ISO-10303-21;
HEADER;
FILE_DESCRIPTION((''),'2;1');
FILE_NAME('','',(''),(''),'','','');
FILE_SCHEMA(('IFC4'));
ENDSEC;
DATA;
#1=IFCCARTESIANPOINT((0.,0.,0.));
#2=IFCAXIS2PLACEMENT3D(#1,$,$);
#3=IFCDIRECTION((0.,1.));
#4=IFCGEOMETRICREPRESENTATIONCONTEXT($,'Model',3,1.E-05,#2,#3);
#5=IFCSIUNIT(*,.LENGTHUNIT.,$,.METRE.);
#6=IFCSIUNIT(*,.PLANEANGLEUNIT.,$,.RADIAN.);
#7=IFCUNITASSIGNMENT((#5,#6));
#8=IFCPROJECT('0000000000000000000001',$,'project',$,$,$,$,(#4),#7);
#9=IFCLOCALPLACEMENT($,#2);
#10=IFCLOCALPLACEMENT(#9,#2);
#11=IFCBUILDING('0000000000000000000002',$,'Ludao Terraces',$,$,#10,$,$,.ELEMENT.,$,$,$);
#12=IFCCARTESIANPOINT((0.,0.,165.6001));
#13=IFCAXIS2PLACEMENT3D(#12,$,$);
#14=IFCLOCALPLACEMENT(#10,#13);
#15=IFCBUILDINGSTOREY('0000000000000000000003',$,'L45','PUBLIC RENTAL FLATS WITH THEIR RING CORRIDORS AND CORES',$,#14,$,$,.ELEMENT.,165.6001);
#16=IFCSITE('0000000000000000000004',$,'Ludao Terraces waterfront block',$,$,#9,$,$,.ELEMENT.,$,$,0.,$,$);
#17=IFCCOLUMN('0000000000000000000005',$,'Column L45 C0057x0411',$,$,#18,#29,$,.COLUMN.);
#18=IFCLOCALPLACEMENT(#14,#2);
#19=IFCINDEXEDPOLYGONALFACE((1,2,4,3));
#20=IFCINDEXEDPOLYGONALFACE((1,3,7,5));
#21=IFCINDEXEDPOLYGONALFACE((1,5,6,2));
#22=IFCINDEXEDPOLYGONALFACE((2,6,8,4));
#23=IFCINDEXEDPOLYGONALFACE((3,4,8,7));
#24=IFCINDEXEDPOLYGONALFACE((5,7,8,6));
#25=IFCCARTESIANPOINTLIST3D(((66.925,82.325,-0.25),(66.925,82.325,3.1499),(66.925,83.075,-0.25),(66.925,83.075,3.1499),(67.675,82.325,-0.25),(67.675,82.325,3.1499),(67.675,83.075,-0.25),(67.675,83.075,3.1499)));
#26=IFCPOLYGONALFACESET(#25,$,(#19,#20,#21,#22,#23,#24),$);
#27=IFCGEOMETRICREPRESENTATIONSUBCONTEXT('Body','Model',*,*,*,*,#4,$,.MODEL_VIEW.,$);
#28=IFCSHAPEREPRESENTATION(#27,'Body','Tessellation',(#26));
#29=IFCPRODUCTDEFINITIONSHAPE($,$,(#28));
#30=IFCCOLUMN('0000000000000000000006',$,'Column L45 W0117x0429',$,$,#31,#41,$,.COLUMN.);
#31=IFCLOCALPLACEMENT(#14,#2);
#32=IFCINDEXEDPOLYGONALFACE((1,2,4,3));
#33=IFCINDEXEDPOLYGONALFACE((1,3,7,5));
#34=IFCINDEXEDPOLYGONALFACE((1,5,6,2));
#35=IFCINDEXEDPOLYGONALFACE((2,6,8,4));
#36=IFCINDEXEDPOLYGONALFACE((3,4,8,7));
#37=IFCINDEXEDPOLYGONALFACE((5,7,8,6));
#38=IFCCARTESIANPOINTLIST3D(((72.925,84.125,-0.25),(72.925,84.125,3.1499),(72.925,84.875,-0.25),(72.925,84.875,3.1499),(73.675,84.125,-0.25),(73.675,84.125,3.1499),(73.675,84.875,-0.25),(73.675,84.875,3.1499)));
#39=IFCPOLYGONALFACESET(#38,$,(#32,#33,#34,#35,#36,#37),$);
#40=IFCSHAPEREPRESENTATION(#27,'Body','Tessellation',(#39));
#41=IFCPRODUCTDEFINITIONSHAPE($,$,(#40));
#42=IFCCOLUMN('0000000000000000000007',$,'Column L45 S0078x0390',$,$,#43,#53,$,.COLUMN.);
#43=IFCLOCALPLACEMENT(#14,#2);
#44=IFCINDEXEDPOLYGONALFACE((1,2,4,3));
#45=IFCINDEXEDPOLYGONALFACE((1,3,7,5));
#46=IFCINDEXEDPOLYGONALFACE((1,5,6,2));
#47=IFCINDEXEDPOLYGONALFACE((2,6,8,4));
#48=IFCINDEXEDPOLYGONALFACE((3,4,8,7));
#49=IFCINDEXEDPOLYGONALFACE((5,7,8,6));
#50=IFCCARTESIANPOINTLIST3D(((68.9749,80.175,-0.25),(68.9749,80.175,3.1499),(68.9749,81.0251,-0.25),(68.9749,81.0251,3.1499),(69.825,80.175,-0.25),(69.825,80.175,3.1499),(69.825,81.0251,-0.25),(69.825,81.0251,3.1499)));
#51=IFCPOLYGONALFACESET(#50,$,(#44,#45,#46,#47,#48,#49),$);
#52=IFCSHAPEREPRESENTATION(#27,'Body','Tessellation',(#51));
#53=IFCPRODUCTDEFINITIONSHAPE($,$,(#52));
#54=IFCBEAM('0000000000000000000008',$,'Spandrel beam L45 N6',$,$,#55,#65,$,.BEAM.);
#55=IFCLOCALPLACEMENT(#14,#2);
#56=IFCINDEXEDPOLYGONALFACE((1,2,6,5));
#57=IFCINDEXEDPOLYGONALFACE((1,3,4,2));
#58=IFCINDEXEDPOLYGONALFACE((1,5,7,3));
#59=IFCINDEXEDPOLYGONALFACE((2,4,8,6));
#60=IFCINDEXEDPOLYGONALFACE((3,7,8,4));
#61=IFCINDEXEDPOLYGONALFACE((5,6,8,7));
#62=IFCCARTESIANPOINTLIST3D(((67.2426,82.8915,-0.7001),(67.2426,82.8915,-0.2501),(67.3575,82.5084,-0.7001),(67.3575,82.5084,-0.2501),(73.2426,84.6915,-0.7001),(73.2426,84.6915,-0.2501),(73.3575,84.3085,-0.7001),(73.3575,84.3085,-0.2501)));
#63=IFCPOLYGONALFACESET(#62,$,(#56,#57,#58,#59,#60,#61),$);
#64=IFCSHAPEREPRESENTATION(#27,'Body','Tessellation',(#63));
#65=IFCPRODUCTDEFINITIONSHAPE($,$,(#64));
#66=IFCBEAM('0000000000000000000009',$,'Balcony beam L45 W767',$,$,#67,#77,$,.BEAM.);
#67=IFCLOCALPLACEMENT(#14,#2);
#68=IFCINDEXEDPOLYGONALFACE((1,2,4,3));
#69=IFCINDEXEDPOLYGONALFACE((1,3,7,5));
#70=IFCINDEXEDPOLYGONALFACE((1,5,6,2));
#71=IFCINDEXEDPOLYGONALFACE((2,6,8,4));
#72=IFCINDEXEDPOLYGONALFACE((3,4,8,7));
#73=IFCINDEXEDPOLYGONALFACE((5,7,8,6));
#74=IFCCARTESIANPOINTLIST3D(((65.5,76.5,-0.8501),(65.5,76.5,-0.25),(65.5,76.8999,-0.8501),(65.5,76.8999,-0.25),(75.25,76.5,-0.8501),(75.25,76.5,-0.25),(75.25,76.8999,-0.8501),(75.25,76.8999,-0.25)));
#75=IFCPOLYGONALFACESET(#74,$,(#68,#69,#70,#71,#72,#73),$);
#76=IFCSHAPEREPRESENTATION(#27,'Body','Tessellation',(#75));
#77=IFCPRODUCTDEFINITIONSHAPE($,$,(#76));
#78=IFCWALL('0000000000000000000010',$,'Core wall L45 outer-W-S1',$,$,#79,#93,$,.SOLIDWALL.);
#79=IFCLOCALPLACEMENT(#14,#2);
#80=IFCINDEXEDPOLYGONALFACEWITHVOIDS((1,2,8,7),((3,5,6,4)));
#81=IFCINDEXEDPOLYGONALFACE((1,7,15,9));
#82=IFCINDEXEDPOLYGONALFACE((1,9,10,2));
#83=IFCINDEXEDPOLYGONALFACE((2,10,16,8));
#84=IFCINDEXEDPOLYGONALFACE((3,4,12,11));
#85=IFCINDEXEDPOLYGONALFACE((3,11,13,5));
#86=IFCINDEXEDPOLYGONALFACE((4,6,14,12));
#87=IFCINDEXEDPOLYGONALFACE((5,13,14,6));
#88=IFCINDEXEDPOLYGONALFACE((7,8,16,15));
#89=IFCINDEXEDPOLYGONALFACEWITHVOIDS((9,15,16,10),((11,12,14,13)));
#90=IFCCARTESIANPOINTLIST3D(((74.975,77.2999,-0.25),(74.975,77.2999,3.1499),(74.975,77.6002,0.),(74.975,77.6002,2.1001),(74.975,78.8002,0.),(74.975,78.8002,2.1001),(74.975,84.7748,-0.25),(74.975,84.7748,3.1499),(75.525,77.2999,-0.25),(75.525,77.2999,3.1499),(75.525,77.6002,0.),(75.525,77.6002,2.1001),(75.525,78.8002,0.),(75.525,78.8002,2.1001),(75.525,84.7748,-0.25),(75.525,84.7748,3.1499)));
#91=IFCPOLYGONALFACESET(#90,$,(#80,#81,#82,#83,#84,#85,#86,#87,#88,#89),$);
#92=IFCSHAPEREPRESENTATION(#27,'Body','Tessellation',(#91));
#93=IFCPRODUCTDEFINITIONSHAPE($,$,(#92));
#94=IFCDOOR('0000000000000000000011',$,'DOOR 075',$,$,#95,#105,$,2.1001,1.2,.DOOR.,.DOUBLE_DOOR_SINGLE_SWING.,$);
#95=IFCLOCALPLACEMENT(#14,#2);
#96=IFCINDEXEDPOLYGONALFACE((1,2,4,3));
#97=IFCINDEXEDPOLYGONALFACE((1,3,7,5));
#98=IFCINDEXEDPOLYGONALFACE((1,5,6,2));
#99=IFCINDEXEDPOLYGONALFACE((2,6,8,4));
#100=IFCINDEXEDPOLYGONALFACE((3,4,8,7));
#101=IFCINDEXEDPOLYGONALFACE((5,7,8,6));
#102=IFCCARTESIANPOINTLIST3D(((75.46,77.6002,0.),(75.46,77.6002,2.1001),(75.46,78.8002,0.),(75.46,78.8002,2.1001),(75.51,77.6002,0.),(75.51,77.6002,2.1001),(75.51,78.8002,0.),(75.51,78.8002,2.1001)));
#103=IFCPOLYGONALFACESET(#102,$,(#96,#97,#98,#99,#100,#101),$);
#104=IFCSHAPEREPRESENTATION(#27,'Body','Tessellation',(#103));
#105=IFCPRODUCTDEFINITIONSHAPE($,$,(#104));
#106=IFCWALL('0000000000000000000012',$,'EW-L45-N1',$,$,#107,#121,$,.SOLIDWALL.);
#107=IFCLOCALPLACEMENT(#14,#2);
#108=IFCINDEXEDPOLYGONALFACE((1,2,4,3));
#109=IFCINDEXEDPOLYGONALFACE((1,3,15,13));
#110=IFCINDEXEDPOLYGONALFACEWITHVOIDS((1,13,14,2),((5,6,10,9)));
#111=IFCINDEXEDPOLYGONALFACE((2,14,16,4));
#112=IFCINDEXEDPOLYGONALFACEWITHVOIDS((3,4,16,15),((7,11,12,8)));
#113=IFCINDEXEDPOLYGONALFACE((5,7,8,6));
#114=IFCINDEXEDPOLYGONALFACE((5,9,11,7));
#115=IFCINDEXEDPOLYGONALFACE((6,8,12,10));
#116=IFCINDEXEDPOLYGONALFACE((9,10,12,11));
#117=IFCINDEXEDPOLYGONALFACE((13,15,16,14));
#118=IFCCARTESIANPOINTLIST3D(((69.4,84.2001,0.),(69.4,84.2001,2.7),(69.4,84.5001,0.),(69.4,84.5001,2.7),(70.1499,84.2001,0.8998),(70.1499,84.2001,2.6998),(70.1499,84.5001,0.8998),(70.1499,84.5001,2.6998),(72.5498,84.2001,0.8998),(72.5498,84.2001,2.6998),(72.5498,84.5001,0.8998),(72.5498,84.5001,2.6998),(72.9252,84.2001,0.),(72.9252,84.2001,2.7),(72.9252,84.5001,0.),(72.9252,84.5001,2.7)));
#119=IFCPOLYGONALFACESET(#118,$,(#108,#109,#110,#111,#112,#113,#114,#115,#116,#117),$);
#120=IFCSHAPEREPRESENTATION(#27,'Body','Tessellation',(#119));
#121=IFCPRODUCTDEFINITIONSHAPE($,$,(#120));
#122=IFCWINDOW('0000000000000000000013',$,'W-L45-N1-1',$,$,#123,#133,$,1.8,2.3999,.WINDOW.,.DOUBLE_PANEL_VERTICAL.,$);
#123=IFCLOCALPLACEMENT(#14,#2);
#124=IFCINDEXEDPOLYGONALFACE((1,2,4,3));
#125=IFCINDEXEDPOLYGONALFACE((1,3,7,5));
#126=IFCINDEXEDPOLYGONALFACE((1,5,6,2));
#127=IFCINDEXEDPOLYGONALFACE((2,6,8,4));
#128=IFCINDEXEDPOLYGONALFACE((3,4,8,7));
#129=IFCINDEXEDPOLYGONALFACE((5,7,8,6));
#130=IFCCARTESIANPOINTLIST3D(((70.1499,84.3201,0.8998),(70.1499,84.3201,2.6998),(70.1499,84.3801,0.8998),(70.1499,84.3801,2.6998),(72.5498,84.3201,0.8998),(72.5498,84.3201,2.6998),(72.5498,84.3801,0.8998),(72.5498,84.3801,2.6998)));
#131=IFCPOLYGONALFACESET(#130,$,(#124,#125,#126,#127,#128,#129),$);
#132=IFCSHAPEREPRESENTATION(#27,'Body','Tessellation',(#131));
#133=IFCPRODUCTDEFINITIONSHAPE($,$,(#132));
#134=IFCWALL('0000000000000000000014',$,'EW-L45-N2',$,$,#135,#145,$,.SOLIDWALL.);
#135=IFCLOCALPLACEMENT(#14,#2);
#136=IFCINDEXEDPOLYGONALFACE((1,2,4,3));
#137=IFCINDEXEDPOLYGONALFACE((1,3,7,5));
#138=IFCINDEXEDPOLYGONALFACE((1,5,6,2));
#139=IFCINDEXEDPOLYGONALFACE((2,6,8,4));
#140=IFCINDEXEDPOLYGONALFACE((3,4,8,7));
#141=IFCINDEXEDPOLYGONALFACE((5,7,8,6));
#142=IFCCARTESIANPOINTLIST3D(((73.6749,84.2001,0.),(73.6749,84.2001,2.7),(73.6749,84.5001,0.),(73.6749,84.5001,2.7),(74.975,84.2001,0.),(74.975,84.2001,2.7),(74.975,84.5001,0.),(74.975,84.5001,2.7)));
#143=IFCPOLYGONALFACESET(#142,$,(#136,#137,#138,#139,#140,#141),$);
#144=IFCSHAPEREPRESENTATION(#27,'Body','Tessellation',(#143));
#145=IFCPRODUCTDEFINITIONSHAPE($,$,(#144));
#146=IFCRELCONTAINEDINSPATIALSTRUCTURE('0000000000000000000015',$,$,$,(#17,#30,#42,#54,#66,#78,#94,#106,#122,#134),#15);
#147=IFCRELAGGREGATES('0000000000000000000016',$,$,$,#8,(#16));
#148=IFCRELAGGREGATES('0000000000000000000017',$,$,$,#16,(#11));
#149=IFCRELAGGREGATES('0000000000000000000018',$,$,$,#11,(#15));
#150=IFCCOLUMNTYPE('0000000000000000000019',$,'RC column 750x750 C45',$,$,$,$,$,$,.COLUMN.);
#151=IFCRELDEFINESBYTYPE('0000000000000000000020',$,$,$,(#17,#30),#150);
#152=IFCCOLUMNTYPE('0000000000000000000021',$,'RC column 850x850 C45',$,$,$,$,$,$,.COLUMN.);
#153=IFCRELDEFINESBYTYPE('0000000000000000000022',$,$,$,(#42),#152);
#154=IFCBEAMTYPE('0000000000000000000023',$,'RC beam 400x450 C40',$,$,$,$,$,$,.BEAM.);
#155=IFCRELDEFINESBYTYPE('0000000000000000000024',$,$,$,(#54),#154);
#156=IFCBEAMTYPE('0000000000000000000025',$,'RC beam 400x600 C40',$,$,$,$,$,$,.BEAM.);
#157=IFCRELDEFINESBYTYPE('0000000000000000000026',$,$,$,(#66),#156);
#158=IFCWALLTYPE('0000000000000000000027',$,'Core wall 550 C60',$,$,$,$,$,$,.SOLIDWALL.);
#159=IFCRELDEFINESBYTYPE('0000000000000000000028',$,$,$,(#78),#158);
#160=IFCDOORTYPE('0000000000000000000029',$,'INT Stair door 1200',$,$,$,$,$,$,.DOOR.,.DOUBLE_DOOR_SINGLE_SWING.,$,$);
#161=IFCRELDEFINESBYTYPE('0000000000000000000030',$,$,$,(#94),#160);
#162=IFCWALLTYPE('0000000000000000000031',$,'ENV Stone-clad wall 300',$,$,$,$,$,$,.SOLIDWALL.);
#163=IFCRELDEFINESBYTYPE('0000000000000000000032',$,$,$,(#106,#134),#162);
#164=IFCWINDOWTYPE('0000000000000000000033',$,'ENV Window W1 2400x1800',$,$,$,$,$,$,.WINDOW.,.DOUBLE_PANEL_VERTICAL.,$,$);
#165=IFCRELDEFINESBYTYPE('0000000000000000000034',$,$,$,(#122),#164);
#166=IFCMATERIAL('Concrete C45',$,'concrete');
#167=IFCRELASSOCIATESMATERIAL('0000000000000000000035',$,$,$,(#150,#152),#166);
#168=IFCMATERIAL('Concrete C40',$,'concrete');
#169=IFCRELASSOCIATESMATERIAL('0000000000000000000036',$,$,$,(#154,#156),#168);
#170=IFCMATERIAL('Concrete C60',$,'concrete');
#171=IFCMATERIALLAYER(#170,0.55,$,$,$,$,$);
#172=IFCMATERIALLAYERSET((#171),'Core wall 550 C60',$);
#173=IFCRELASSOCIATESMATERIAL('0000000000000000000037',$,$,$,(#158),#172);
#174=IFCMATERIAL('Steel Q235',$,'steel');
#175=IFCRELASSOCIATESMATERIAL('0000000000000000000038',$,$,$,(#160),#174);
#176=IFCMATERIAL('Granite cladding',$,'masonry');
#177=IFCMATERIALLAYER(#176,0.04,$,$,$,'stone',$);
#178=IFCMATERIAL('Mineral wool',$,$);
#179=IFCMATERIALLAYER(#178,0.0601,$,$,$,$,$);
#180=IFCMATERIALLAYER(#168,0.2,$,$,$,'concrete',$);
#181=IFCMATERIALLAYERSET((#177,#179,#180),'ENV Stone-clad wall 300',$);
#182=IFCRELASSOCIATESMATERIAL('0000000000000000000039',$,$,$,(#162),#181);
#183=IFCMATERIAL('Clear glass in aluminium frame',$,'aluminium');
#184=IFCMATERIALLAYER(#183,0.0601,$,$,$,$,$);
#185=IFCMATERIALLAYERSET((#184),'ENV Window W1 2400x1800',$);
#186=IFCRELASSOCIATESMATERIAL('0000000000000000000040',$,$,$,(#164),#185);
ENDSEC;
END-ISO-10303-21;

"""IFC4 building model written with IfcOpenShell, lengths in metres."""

from ifc_helpers import new_model, si_unit, direction, frame, frame_2d, origin, origin_2d, place, context, subcontext, project, spatial, rectangle, extrude, material, layer, layer_set, material_profile, profile_set, type_object, element, fill, save


model = new_model("IFC4")

# Units and contexts
model_context = context("Model", 3, precision=1e-05, world=origin(), true_north=direction((0.0, 1.0)))
body_context = subcontext(model_context, "Body", "Model", "MODEL_VIEW")
ifc_project = project(units=[si_unit("LENGTHUNIT", "METRE"), si_unit("PLANEANGLEUNIT", "RADIAN")], contexts=[model_context])

# Site, building, storey
site_placement = place(None, origin())
site = spatial("IfcSite", under=ifc_project, at=site_placement, Name="Ludao Terraces waterfront block", CompositionType="ELEMENT", RefElevation=0.0)
building_placement = place(site_placement, origin())
building = spatial("IfcBuilding", under=site, at=building_placement, Name="Ludao Terraces", CompositionType="ELEMENT")
storey_placement = place(building_placement, frame((0.0, 0.0, 165.6001)))
storey = spatial("IfcBuildingStorey", under=building, at=storey_placement, Name="L45", Description="PUBLIC RENTAL FLATS WITH THEIR RING CORRIDORS AND CORES", CompositionType="ELEMENT", Elevation=165.6001)

# Columns
ifc_material_1 = material(Name="Concrete C45", Category="concrete")
ifc_material_profile_1 = material_profile(ifc_material_1, rectangle(XDim=0.75, YDim=0.75, at=origin_2d()), Name="750 X 750")
ifc_profile_set_1 = profile_set([ifc_material_profile_1], Name="Concrete C45")
column_type_1 = type_object("IfcColumnType", Name="RC column 750x750 C45", PredefinedType="COLUMN", material=ifc_profile_set_1)
for number, where, z_axis, x_axis, name in (
    (1, (67.3, 82.7, -0.25), (0.0, 0.0, 1.0), (1.0, 0.0, 0.0), "Column L45 C0057x0411"),
    (2, (73.3, 84.5, -0.25), (0.0, 0.0, 1.0), (1.0, 0.0, 0.0), "Column L45 W0117x0429"),
):
    element("IfcColumn", number, at=place(storey_placement, frame(where, z_axis=z_axis, x_axis=x_axis)), inside=storey, type_object=column_type_1, Name=name, PredefinedType="COLUMN", context=body_context, shape_type="SweptSolid", body=[
        extrude(rectangle(XDim=0.75, YDim=0.75, at=origin_2d()), origin(), (0.0, 0.0, 1.0), 3.3999),
    ])
ifc_material_profile_2 = material_profile(ifc_material_1, rectangle(XDim=0.8501, YDim=0.8501, at=origin_2d()), Name="850 X 850")
ifc_profile_set_2 = profile_set([ifc_material_profile_2], Name="Concrete C45")
column_type_2 = type_object("IfcColumnType", Name="RC column 850x850 C45", PredefinedType="COLUMN", material=ifc_profile_set_2)
column_placement = place(storey_placement, frame((69.3999, 80.6001, -0.25), z_axis=(0.0, 0.0, 1.0), x_axis=(1.0, 0.0, 0.0)))
element("IfcColumn", 3, at=column_placement, inside=storey, type_object=column_type_2, Name="Column L45 S0078x0390", PredefinedType="COLUMN", context=body_context, shape_type="SweptSolid", body=[
    extrude(rectangle(XDim=0.8501, YDim=0.8501, at=origin_2d()), origin(), (0.0, 0.0, 1.0), 3.3999),
])

# Beams
ifc_material_2 = material(Name="Concrete C40", Category="concrete")
ifc_material_profile_3 = material_profile(ifc_material_2, rectangle(XDim=0.3999, YDim=0.45, at=origin_2d()), Name="400 X 450")
ifc_profile_set_3 = profile_set([ifc_material_profile_3], Name="Concrete C40")
beam_type_1 = type_object("IfcBeamType", Name="RC beam 400x450 C40", PredefinedType="BEAM", material=ifc_profile_set_3)
beam_1_placement = place(storey_placement, frame((67.3, 82.7, -0.4751), z_axis=(0.957824, 0.287355, 0.0), x_axis=(-0.287355, 0.957824, 0.0)))
element("IfcBeam", 4, at=beam_1_placement, inside=storey, type_object=beam_type_1, Name="Spandrel beam L45 N6", PredefinedType="BEAM", context=body_context, shape_type="SweptSolid", body=[
    extrude(rectangle(XDim=0.3999, YDim=0.45, at=origin_2d()), origin(), (0.0, 0.0, 1.0), 6.2642),
])
ifc_material_profile_4 = material_profile(ifc_material_2, rectangle(XDim=0.3999, YDim=0.6001, at=origin_2d()), Name="400 X 600")
ifc_profile_set_4 = profile_set([ifc_material_profile_4], Name="Concrete C40")
beam_type_2 = type_object("IfcBeamType", Name="RC beam 400x600 C40", PredefinedType="BEAM", material=ifc_profile_set_4)
beam_2_placement = place(storey_placement, frame((75.25, 76.7, -0.55), z_axis=(-1.0, 0.0, 0.0), x_axis=(0.0, -1.0, 0.0)))
element("IfcBeam", 5, at=beam_2_placement, inside=storey, type_object=beam_type_2, Name="Balcony beam L45 W767", PredefinedType="BEAM", context=body_context, shape_type="SweptSolid", body=[
    extrude(rectangle(XDim=0.3999, YDim=0.6001, at=origin_2d()), origin(), (0.0, 0.0, 1.0), 9.75),
])

# Wall, opening, door
ifc_material_3 = material(Name="Concrete C60", Category="concrete")
ifc_layer_1 = layer(ifc_material_3, 0.55)
ifc_layer_set_1 = layer_set([ifc_layer_1], Name="Core wall 550 C60")
wall_type_1 = type_object("IfcWallType", Name="Core wall 550 C60", PredefinedType="SOLIDWALL", material=ifc_layer_set_1)
wall_1_placement = place(storey_placement, frame((75.25, 77.3, -0.25), z_axis=(0.0, 0.0, 1.0), x_axis=(0.0, 1.0, 0.0)))
wall_1 = element("IfcWall", 6, at=wall_1_placement, inside=storey, type_object=wall_type_1, Name="Core wall L45 outer-W-S1", PredefinedType="SOLIDWALL", context=body_context, shape_type="SweptSolid", body=[
    extrude(rectangle(XDim=7.4749, YDim=0.55, at=frame_2d((3.7373, 0.0))), origin(), (0.0, 0.0, 1.0), 3.3999),
])
opening_1_placement = place(wall_1_placement, frame((0.3, 0.0, 0.25)))
opening_1 = element("IfcOpeningElement", 7, at=opening_1_placement, cuts=wall_1, PredefinedType="OPENING", context=body_context, shape_type="SweptSolid", body=[
    extrude(rectangle(XDim=1.2, YDim=2.1001, at=frame_2d((0.6001, 1.05))), frame((0.0, 0.2852, 0.0), z_axis=(0.0, -1.0, 0.0), x_axis=(1.0, 0.0, 0.0)), (0.0, 0.0, 1.0), 0.5701),
])
ifc_material_4 = material(Name="Steel Q235", Category="steel")
door_type_1 = type_object("IfcDoorType", Name="INT Stair door 1200", OperationType="DOUBLE_DOOR_SINGLE_SWING", PredefinedType="DOOR", material=ifc_material_4)
door_1_placement = place(opening_1_placement, origin())
door_1 = element("IfcDoor", 8, at=door_1_placement, inside=storey, type_object=door_type_1, Name="DOOR 075", OperationType="DOUBLE_DOOR_SINGLE_SWING", OverallHeight=2.1001, OverallWidth=1.2, PredefinedType="DOOR", context=body_context, shape_type="SweptSolid", body=[
    extrude(rectangle(XDim=1.2, YDim=2.1001, at=frame_2d((0.6001, 1.05))), frame((0.0, -0.21, 0.0), z_axis=(0.0, -1.0, 0.0), x_axis=(1.0, 0.0, 0.0)), (0.0, 0.0, 1.0), 0.05),
])
fill(opening_1, door_1)

# Wall, opening, window
ifc_material_5 = material(Name="Granite cladding", Category="masonry")
ifc_layer_2 = layer(ifc_material_5, 0.04, Category="stone")
ifc_material_6 = material(Name="Mineral wool")
ifc_layer_3 = layer(ifc_material_6, 0.0601)
ifc_layer_4 = layer(ifc_material_2, 0.2, Category="concrete")
ifc_layer_set_2 = layer_set([ifc_layer_2, ifc_layer_3, ifc_layer_4], Name="ENV Stone-clad wall 300")
wall_type_2 = type_object("IfcWallType", Name="ENV Stone-clad wall 300", PredefinedType="SOLIDWALL", material=ifc_layer_set_2)
wall_2_placement = place(storey_placement, frame((69.3999, 84.3501, 0.0), z_axis=(0.0, 0.0, 1.0), x_axis=(1.0, 0.0, 0.0)))
wall_2 = element("IfcWall", 9, at=wall_2_placement, inside=storey, type_object=wall_type_2, Name="EW-L45-N1", PredefinedType="SOLIDWALL", context=body_context, shape_type="SweptSolid", body=[
    extrude(rectangle(XDim=3.5251, YDim=0.3, at=frame_2d((1.7627, 0.0))), origin(), (0.0, 0.0, 1.0), 2.7),
])
opening_2_placement = place(wall_2_placement, frame((0.75, 0.0, 0.8999)))
opening_2 = element("IfcOpeningElement", 10, at=opening_2_placement, cuts=wall_2, PredefinedType="OPENING", context=body_context, shape_type="SweptSolid", body=[
    extrude(rectangle(XDim=2.3999, YDim=1.8, at=frame_2d((1.2, 0.8999))), frame((0.0, 0.1602, 0.0), z_axis=(0.0, -1.0, 0.0), x_axis=(1.0, 0.0, 0.0)), (0.0, 0.0, 1.0), 0.3201),
])
ifc_material_7 = material(Name="Clear glass in aluminium frame", Category="aluminium")
ifc_layer_5 = layer(ifc_material_7, 0.0601)
ifc_layer_set_3 = layer_set([ifc_layer_5], Name="ENV Window W1 2400x1800")
window_type_1 = type_object("IfcWindowType", Name="ENV Window W1 2400x1800", PartitioningType="DOUBLE_PANEL_VERTICAL", PredefinedType="WINDOW", material=ifc_layer_set_3)
window_1_placement = place(opening_2_placement, origin())
window_1 = element("IfcWindow", 11, at=window_1_placement, inside=storey, type_object=window_type_1, Name="W-L45-N1-1", OverallHeight=1.8, OverallWidth=2.3999, PartitioningType="DOUBLE_PANEL_VERTICAL", PredefinedType="WINDOW", context=body_context, shape_type="SweptSolid", body=[
    extrude(rectangle(XDim=2.3999, YDim=1.8, at=frame_2d((1.2, 0.8999))), frame((0.0, 0.03, 0.0), z_axis=(0.0, -1.0, 0.0), x_axis=(1.0, 0.0, 0.0)), (0.0, 0.0, 1.0), 0.0601),
])
fill(opening_2, window_1)

# Wall
wall_3_placement = place(storey_placement, frame((73.675, 84.3501, 0.0), z_axis=(0.0, 0.0, 1.0), x_axis=(1.0, 0.0, 0.0)))
element("IfcWall", 12, at=wall_3_placement, inside=storey, type_object=wall_type_2, Name="EW-L45-N2", PredefinedType="SOLIDWALL", context=body_context, shape_type="SweptSolid", body=[
    extrude(rectangle(XDim=1.3, YDim=0.3, at=frame_2d((0.6499, 0.0))), origin(), (0.0, 0.0, 1.0), 2.7),
])

save(model, "model.ifc")
